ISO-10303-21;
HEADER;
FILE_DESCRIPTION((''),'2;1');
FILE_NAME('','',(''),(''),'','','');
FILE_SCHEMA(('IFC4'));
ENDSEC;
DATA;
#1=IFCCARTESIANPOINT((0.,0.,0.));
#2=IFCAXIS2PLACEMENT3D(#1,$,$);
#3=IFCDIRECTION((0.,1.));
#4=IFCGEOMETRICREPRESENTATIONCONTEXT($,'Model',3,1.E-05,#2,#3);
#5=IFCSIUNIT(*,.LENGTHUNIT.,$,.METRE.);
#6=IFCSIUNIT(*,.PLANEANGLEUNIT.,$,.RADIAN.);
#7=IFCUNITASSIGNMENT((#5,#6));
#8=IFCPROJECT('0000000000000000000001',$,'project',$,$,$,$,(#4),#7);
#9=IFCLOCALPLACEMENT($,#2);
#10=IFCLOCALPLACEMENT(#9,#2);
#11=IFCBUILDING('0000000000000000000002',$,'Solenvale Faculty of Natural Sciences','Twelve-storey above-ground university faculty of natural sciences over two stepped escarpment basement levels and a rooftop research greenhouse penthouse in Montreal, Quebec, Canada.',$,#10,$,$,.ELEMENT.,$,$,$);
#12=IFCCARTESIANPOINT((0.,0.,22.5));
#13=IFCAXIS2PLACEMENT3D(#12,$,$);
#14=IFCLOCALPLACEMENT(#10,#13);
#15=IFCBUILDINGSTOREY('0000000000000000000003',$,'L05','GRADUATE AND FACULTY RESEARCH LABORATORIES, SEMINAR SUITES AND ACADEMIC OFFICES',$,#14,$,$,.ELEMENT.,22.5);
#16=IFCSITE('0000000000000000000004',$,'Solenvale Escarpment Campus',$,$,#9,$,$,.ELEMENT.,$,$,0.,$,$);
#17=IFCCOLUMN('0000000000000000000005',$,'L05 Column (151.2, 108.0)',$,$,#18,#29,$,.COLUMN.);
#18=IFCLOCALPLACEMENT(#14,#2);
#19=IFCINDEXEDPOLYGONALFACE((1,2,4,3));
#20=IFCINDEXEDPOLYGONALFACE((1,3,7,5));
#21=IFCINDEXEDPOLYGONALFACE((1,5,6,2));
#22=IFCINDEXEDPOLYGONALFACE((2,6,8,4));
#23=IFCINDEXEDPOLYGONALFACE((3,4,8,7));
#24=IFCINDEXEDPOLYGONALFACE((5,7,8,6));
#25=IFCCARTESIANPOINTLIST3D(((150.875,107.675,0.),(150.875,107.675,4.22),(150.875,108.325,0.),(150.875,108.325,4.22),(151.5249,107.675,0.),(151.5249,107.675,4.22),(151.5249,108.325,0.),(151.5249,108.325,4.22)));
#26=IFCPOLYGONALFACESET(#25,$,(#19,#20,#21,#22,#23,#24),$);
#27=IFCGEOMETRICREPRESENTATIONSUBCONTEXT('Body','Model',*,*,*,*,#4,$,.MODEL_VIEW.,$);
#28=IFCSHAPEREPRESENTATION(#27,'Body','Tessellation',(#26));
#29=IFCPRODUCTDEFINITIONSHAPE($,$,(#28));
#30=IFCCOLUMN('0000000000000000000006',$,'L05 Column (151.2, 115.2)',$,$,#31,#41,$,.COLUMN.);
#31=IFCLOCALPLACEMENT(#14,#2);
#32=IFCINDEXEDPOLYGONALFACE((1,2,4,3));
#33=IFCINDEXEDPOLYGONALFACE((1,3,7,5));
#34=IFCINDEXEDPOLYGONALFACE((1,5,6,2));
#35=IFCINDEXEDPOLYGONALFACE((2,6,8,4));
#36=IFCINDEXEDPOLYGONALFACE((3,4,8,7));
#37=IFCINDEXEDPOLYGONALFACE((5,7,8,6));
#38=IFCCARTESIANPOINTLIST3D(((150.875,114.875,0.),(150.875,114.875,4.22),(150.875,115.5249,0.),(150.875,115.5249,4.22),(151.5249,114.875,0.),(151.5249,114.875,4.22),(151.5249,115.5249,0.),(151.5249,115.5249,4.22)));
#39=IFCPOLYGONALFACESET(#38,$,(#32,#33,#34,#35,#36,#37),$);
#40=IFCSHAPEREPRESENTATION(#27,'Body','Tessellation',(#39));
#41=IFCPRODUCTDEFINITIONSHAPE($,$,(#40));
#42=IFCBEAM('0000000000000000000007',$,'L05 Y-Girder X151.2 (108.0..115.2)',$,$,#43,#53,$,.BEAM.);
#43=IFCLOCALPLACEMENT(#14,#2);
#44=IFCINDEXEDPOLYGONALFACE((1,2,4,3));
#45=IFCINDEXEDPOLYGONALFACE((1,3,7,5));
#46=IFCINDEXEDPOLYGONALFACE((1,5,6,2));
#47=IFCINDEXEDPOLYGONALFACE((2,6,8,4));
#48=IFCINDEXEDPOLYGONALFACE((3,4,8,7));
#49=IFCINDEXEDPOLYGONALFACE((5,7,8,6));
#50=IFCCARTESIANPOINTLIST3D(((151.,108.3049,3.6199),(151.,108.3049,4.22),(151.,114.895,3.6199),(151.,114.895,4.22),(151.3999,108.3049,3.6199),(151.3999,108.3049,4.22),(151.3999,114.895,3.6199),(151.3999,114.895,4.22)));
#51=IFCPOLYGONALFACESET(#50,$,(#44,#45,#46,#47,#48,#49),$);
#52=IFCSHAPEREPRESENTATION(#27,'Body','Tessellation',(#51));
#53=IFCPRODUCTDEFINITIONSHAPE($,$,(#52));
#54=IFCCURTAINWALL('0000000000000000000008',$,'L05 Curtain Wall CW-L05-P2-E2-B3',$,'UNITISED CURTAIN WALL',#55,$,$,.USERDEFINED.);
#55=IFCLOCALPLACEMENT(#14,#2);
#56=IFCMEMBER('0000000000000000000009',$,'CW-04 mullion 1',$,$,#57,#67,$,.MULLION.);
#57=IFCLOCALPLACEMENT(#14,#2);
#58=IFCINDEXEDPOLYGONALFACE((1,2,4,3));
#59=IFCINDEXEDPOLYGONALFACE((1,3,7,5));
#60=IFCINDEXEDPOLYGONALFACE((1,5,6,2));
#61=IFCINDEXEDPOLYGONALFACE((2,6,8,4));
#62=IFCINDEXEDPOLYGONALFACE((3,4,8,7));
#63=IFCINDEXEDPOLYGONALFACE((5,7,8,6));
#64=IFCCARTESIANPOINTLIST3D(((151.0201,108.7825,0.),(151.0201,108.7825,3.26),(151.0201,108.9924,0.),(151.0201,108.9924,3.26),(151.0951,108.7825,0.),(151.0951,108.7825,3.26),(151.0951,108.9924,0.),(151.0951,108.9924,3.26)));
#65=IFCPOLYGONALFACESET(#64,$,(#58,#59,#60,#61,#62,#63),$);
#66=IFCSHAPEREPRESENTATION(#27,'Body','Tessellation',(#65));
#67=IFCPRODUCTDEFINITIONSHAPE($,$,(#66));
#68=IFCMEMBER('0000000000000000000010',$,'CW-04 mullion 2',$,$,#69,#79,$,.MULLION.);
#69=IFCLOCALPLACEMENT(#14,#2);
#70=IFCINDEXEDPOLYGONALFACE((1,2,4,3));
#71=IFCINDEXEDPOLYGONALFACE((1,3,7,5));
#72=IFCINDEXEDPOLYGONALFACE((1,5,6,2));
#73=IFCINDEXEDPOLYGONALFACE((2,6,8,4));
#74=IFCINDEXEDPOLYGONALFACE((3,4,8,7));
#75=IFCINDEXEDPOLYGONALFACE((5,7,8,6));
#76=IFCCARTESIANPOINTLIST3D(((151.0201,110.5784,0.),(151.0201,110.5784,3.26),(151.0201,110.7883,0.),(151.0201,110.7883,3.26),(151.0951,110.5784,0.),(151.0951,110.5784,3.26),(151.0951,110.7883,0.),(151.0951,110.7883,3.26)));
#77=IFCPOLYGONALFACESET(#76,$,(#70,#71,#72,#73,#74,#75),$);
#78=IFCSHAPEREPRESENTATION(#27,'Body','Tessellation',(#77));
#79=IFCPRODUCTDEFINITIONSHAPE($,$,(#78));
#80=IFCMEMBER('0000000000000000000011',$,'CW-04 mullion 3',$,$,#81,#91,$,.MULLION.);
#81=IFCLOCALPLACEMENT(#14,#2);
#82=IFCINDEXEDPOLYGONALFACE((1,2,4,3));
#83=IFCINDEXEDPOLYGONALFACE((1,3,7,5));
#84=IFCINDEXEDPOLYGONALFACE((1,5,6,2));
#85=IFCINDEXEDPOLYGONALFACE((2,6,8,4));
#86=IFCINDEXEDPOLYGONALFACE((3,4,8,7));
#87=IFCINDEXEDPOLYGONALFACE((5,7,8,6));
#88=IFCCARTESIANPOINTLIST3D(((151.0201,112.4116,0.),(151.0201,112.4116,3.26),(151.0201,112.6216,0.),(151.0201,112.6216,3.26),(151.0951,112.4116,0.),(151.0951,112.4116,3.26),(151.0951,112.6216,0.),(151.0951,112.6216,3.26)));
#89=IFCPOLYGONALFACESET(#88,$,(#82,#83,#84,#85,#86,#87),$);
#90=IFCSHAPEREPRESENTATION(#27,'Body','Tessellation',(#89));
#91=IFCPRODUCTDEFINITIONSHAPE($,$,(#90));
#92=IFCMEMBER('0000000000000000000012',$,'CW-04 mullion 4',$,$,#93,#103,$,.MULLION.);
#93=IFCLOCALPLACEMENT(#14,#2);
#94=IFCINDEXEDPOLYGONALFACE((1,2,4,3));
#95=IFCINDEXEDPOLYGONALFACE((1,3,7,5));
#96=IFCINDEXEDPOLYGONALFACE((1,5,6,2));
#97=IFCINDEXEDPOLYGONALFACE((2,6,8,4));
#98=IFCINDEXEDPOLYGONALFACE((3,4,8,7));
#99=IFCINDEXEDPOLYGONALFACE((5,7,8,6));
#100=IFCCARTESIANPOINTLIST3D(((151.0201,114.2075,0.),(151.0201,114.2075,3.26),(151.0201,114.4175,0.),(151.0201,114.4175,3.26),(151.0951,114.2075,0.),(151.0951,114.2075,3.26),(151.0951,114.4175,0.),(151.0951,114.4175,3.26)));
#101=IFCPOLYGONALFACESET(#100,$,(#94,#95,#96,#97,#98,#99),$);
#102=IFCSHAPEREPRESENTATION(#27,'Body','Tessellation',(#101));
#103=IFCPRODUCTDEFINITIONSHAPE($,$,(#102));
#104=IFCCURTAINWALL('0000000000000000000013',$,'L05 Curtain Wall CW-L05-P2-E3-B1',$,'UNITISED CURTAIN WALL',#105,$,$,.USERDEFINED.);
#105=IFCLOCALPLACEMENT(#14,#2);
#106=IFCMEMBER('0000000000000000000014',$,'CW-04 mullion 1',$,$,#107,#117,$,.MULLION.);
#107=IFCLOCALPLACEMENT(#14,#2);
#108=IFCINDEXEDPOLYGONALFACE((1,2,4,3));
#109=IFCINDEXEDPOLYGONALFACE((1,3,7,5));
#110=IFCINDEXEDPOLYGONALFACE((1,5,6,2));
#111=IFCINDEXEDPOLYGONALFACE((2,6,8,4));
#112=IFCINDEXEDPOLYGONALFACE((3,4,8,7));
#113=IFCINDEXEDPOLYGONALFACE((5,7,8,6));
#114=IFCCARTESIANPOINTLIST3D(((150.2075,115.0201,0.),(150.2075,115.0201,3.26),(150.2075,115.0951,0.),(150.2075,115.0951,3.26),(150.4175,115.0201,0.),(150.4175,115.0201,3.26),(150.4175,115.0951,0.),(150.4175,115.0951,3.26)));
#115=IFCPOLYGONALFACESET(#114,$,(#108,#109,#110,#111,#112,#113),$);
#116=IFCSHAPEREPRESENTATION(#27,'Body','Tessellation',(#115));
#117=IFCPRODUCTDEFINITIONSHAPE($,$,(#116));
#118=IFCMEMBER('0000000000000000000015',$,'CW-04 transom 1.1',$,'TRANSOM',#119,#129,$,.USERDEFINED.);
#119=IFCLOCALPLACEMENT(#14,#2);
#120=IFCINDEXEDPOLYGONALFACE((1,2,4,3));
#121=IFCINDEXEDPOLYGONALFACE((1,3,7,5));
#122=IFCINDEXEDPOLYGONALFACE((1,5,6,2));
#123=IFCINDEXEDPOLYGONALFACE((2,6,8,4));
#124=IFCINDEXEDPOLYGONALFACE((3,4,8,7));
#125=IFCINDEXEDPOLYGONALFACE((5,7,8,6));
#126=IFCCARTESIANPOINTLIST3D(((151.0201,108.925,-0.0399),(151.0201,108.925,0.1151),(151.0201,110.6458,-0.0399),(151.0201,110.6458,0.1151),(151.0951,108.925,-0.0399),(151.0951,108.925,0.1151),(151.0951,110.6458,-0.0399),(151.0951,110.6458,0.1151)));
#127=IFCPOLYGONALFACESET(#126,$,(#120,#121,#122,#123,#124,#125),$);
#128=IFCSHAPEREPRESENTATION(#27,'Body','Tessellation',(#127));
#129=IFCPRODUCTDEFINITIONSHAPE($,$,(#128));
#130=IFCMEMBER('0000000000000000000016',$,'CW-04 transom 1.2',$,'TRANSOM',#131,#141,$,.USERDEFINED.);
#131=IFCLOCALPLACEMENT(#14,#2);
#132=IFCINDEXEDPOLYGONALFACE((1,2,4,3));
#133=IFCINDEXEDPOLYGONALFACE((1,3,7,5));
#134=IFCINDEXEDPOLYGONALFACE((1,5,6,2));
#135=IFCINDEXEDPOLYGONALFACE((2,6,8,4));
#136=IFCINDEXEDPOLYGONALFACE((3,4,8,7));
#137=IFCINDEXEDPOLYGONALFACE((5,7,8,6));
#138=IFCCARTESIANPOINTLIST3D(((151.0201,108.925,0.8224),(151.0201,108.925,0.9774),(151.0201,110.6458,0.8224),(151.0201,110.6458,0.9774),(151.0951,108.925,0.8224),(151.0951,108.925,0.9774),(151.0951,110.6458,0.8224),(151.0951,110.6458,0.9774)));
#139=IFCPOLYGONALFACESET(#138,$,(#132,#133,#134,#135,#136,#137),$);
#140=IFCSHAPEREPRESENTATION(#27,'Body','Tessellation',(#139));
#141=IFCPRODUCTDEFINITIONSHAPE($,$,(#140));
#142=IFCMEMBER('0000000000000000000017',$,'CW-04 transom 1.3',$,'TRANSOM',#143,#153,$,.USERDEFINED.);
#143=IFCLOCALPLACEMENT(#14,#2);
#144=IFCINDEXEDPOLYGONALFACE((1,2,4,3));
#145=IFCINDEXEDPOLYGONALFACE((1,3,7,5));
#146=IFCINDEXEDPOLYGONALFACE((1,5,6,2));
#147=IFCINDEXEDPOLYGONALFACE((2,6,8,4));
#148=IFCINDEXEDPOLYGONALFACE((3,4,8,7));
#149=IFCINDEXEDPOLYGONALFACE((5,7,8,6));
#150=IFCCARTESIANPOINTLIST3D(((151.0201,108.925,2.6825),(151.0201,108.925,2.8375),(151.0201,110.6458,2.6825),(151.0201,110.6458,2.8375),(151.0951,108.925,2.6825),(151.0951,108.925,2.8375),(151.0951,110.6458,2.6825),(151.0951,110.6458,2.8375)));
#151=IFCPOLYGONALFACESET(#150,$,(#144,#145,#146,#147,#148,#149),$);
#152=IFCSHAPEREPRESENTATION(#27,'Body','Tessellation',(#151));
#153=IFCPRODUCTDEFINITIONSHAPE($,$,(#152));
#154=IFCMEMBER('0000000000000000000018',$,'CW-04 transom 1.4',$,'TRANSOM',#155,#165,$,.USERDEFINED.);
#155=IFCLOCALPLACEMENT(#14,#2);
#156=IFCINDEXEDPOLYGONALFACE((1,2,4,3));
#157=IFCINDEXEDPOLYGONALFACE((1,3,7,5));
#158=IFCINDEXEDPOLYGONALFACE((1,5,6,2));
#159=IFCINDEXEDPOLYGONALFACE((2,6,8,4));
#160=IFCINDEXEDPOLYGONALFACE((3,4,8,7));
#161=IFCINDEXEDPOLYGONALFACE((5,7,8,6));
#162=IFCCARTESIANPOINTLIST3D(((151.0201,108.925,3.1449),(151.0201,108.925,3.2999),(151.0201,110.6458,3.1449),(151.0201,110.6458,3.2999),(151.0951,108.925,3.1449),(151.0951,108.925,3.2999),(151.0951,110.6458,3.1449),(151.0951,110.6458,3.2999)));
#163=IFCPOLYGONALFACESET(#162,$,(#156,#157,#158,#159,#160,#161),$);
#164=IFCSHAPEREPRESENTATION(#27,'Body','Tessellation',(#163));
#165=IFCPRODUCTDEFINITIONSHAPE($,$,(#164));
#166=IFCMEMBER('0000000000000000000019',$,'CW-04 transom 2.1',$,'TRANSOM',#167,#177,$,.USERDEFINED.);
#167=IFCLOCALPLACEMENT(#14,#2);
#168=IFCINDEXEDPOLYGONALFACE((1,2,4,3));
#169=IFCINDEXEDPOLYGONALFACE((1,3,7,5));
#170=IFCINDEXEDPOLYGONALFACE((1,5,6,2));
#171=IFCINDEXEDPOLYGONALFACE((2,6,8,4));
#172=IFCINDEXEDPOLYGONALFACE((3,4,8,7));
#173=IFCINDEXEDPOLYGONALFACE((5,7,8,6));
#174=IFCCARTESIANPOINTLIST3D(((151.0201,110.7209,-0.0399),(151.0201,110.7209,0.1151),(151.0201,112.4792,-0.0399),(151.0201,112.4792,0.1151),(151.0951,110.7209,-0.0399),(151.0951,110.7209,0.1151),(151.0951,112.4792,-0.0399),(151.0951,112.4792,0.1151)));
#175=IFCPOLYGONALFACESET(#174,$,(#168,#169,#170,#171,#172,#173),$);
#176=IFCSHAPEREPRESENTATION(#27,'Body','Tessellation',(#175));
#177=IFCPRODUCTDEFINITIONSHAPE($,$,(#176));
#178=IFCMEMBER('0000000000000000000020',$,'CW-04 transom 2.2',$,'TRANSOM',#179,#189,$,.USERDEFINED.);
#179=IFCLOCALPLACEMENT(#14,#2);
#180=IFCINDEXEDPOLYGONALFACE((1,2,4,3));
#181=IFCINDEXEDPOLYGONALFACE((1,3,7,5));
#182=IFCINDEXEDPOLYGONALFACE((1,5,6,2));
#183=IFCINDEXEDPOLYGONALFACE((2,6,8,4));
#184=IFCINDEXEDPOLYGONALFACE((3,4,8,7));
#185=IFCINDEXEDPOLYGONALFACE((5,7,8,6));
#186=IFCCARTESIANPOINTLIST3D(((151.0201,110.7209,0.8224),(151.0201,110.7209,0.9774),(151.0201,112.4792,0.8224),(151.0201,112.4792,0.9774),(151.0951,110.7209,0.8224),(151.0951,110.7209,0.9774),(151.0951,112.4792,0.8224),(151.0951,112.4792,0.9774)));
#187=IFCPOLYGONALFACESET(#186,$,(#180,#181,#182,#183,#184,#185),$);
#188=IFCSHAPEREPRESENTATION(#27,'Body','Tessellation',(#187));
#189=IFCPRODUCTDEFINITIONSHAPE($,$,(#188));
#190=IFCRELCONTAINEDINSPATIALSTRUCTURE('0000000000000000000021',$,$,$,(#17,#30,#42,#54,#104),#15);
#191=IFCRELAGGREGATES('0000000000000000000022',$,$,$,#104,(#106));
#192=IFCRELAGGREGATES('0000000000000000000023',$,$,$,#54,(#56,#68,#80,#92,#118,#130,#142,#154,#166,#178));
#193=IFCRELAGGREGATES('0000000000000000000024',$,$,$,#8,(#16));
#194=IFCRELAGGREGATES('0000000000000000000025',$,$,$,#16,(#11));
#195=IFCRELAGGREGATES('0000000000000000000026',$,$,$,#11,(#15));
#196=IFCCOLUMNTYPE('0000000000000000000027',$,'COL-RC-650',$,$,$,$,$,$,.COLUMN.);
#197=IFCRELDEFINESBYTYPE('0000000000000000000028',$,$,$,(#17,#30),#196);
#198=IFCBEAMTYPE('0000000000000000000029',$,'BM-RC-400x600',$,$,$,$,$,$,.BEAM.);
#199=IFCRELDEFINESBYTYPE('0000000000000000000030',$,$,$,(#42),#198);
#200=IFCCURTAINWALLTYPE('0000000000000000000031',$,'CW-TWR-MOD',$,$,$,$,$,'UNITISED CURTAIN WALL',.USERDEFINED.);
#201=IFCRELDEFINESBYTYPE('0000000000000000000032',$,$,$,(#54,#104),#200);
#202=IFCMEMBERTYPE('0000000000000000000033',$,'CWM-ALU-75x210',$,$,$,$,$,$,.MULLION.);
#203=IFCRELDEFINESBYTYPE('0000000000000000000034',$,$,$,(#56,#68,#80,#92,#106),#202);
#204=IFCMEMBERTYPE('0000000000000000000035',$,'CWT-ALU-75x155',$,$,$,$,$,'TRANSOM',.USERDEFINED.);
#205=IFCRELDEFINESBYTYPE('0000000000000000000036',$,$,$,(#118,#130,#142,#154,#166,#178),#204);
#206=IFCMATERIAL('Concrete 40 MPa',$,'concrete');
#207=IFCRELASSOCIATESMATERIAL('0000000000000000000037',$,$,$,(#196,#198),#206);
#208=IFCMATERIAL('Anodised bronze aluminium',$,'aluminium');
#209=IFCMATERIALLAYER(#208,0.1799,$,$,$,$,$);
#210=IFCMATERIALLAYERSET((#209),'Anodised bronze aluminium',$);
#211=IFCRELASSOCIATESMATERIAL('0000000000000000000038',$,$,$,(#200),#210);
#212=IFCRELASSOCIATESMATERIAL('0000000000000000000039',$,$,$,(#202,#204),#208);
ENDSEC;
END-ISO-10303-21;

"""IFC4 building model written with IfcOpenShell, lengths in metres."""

from ifc_helpers import new_model, si_unit, direction, frame, origin, origin_2d, place, context, subcontext, project, spatial, rectangle, extrude, material, layer, layer_set, material_profile, profile_set, type_object, element, aggregate, save


model = new_model("IFC4")

# Units and contexts
model_context = context("Model", 3, precision=1e-05, world=origin(), true_north=direction((0.0, 1.0)))
body_context = subcontext(model_context, "Body", "Model", "MODEL_VIEW")
ifc_project = project(units=[si_unit("LENGTHUNIT", "METRE"), si_unit("PLANEANGLEUNIT", "RADIAN")], contexts=[model_context])

# Site, building, storey
site_placement = place(None, origin())
site = spatial("IfcSite", under=ifc_project, at=site_placement, Name="Solenvale Escarpment Campus", CompositionType="ELEMENT", RefElevation=0.0)
building_placement = place(site_placement, origin())
building = spatial("IfcBuilding", under=site, at=building_placement, Name="Solenvale Faculty of Natural Sciences", Description="Twelve-storey above-ground university faculty of natural sciences over two stepped escarpment basement levels and a rooftop research greenhouse penthouse in Montreal, Quebec, Canada.", CompositionType="ELEMENT")
storey_placement = place(building_placement, frame((0.0, 0.0, 22.5)))
storey = spatial("IfcBuildingStorey", under=building, at=storey_placement, Name="L05", Description="GRADUATE AND FACULTY RESEARCH LABORATORIES, SEMINAR SUITES AND ACADEMIC OFFICES", CompositionType="ELEMENT", Elevation=22.5)

# Columns
ifc_material_1 = material(Name="Concrete 40 MPa", Category="concrete")
ifc_material_profile_1 = material_profile(ifc_material_1, rectangle(XDim=0.6499, YDim=0.6499, at=origin_2d()), Name="RC-COL-650x650")
ifc_profile_set_1 = profile_set([ifc_material_profile_1], Name="Concrete 40 MPa")
column_type = type_object("IfcColumnType", Name="COL-RC-650", PredefinedType="COLUMN", material=ifc_profile_set_1)
for number, where, z_axis, x_axis, name in (
    (1, (151.2, 108.0, 0.0), (0.0, 0.0, 1.0), (1.0, 0.0, 0.0), "L05 Column (151.2, 108.0)"),
    (2, (151.2, 115.2, 0.0), (0.0, 0.0, 1.0), (1.0, 0.0, 0.0), "L05 Column (151.2, 115.2)"),
):
    element("IfcColumn", number, at=place(storey_placement, frame(where, z_axis=z_axis, x_axis=x_axis)), inside=storey, type_object=column_type, Name=name, PredefinedType="COLUMN", context=body_context, shape_type="SweptSolid", body=[
        extrude(rectangle(XDim=0.6499, YDim=0.6499, at=origin_2d()), origin(), (0.0, 0.0, 1.0), 4.22),
    ])

# Beam
ifc_material_profile_2 = material_profile(ifc_material_1, rectangle(XDim=0.3999, YDim=0.6001, at=origin_2d()), Name="RC-BM-400x600")
ifc_profile_set_2 = profile_set([ifc_material_profile_2], Name="Concrete 40 MPa")
beam_type = type_object("IfcBeamType", Name="BM-RC-400x600", PredefinedType="BEAM", material=ifc_profile_set_2)
beam_placement = place(storey_placement, frame((151.2, 108.3049, 3.9199), z_axis=(0.0, 1.0, 0.0), x_axis=(-1.0, 0.0, 0.0)))
element("IfcBeam", 3, at=beam_placement, inside=storey, type_object=beam_type, Name="L05 Y-Girder X151.2 (108.0..115.2)", PredefinedType="BEAM", context=body_context, shape_type="SweptSolid", body=[
    extrude(rectangle(XDim=0.3999, YDim=0.6001, at=origin_2d()), origin(), (0.0, 0.0, 1.0), 6.5901),
])

# Curtain wall, members
ifc_material_2 = material(Name="Anodised bronze aluminium", Category="aluminium")
ifc_layer_1 = layer(ifc_material_2, 0.1799)
ifc_layer_set_1 = layer_set([ifc_layer_1], Name="Anodised bronze aluminium")
curtain_wall_type = type_object("IfcCurtainWallType", Name="CW-TWR-MOD", ElementType="UNITISED CURTAIN WALL", PredefinedType="USERDEFINED", material=ifc_layer_set_1)
curtain_wall_1_placement = place(storey_placement, origin())
curtain_wall_1 = element("IfcCurtainWall", 4, at=curtain_wall_1_placement, inside=storey, type_object=curtain_wall_type, Name="L05 Curtain Wall CW-L05-P2-E2-B3", ObjectType="UNITISED CURTAIN WALL", PredefinedType="USERDEFINED")
ifc_material_profile_3 = material_profile(ifc_material_2, rectangle(XDim=0.075, YDim=0.21, at=origin_2d()), Name="ALU-MUL-75x210")
ifc_profile_set_3 = profile_set([ifc_material_profile_3], Name="Anodised bronze aluminium")
member_type_1 = type_object("IfcMemberType", Name="CWM-ALU-75x210", PredefinedType="MULLION", material=ifc_profile_set_3)
member_1_placement = place(storey_placement, frame((151.0576, 108.8875, 0.0), z_axis=(0.0, 0.0, 1.0), x_axis=(-1.0, 0.0, 0.0)))
member_1 = element("IfcMember", 5, at=member_1_placement, type_object=member_type_1, Name="CW-04 mullion 1", PredefinedType="MULLION", context=body_context, shape_type="SweptSolid", body=[
    extrude(rectangle(XDim=0.075, YDim=0.21, at=origin_2d()), origin(), (0.0, 0.0, 1.0), 3.26),
])
member_2_placement = place(storey_placement, frame((151.0576, 110.6833, 0.0), z_axis=(0.0, 0.0, 1.0), x_axis=(-1.0, 0.0, 0.0)))
member_2 = element("IfcMember", 6, at=member_2_placement, type_object=member_type_1, Name="CW-04 mullion 2", PredefinedType="MULLION", context=body_context, shape_type="SweptSolid", body=[
    extrude(rectangle(XDim=0.075, YDim=0.21, at=origin_2d()), origin(), (0.0, 0.0, 1.0), 3.26),
])
member_3_placement = place(storey_placement, frame((151.0576, 112.5166, 0.0), z_axis=(0.0, 0.0, 1.0), x_axis=(-1.0, 0.0, 0.0)))
member_3 = element("IfcMember", 7, at=member_3_placement, type_object=member_type_1, Name="CW-04 mullion 3", PredefinedType="MULLION", context=body_context, shape_type="SweptSolid", body=[
    extrude(rectangle(XDim=0.075, YDim=0.21, at=origin_2d()), origin(), (0.0, 0.0, 1.0), 3.26),
])
member_4_placement = place(storey_placement, frame((151.0576, 114.3125, 0.0), z_axis=(0.0, 0.0, 1.0), x_axis=(-1.0, 0.0, 0.0)))
member_4 = element("IfcMember", 8, at=member_4_placement, type_object=member_type_1, Name="CW-04 mullion 4", PredefinedType="MULLION", context=body_context, shape_type="SweptSolid", body=[
    extrude(rectangle(XDim=0.075, YDim=0.21, at=origin_2d()), origin(), (0.0, 0.0, 1.0), 3.26),
])

# Curtain wall, member
curtain_wall_2_placement = place(storey_placement, origin())
curtain_wall_2 = element("IfcCurtainWall", 9, at=curtain_wall_2_placement, inside=storey, type_object=curtain_wall_type, Name="L05 Curtain Wall CW-L05-P2-E3-B1", ObjectType="UNITISED CURTAIN WALL", PredefinedType="USERDEFINED")
member_5_placement = place(storey_placement, frame((150.3125, 115.0576, 0.0), z_axis=(0.0, 0.0, 1.0), x_axis=(0.0, -1.0, 0.0)))
member_5 = element("IfcMember", 10, at=member_5_placement, type_object=member_type_1, Name="CW-04 mullion 1", PredefinedType="MULLION", context=body_context, shape_type="SweptSolid", body=[
    extrude(rectangle(XDim=0.075, YDim=0.21, at=origin_2d()), origin(), (0.0, 0.0, 1.0), 3.26),
])

# Members
ifc_material_profile_4 = material_profile(ifc_material_2, rectangle(XDim=0.075, YDim=0.155, at=origin_2d()), Name="ALU-TRN-75x155")
ifc_profile_set_4 = profile_set([ifc_material_profile_4], Name="Anodised bronze aluminium")
member_type_2 = type_object("IfcMemberType", Name="CWT-ALU-75x155", ElementType="TRANSOM", PredefinedType="USERDEFINED", material=ifc_profile_set_4)
member_6_placement = place(storey_placement, frame((151.0576, 108.925, 0.0376), z_axis=(0.0, 1.0, 0.0), x_axis=(-1.0, 0.0, 0.0)))
member_6 = element("IfcMember", 11, at=member_6_placement, type_object=member_type_2, Name="CW-04 transom 1.1", ObjectType="TRANSOM", PredefinedType="USERDEFINED", context=body_context, shape_type="SweptSolid", body=[
    extrude(rectangle(XDim=0.075, YDim=0.155, at=origin_2d()), origin(), (0.0, 0.0, 1.0), 1.7207),
])
member_7_placement = place(storey_placement, frame((151.0576, 108.925, 0.8999), z_axis=(0.0, 1.0, 0.0), x_axis=(-1.0, 0.0, 0.0)))
member_7 = element("IfcMember", 12, at=member_7_placement, type_object=member_type_2, Name="CW-04 transom 1.2", ObjectType="TRANSOM", PredefinedType="USERDEFINED", context=body_context, shape_type="SweptSolid", body=[
    extrude(rectangle(XDim=0.075, YDim=0.155, at=origin_2d()), origin(), (0.0, 0.0, 1.0), 1.7207),
])
member_8_placement = place(storey_placement, frame((151.0576, 108.925, 2.76), z_axis=(0.0, 1.0, 0.0), x_axis=(-1.0, 0.0, 0.0)))
member_8 = element("IfcMember", 13, at=member_8_placement, type_object=member_type_2, Name="CW-04 transom 1.3", ObjectType="TRANSOM", PredefinedType="USERDEFINED", context=body_context, shape_type="SweptSolid", body=[
    extrude(rectangle(XDim=0.075, YDim=0.155, at=origin_2d()), origin(), (0.0, 0.0, 1.0), 1.7207),
])
member_9_placement = place(storey_placement, frame((151.0576, 108.925, 3.2224), z_axis=(0.0, 1.0, 0.0), x_axis=(-1.0, 0.0, 0.0)))
member_9 = element("IfcMember", 14, at=member_9_placement, type_object=member_type_2, Name="CW-04 transom 1.4", ObjectType="TRANSOM", PredefinedType="USERDEFINED", context=body_context, shape_type="SweptSolid", body=[
    extrude(rectangle(XDim=0.075, YDim=0.155, at=origin_2d()), origin(), (0.0, 0.0, 1.0), 1.7207),
])
member_10_placement = place(storey_placement, frame((151.0576, 110.7209, 0.0376), z_axis=(0.0, 1.0, 0.0), x_axis=(-1.0, 0.0, 0.0)))
member_10 = element("IfcMember", 15, at=member_10_placement, type_object=member_type_2, Name="CW-04 transom 2.1", ObjectType="TRANSOM", PredefinedType="USERDEFINED", context=body_context, shape_type="SweptSolid", body=[
    extrude(rectangle(XDim=0.075, YDim=0.155, at=origin_2d()), origin(), (0.0, 0.0, 1.0), 1.7583),
])
member_11_placement = place(storey_placement, frame((151.0576, 110.7209, 0.8999), z_axis=(0.0, 1.0, 0.0), x_axis=(-1.0, 0.0, 0.0)))
member_11 = element("IfcMember", 16, at=member_11_placement, type_object=member_type_2, Name="CW-04 transom 2.2", ObjectType="TRANSOM", PredefinedType="USERDEFINED", context=body_context, shape_type="SweptSolid", body=[
    extrude(rectangle(XDim=0.075, YDim=0.155, at=origin_2d()), origin(), (0.0, 0.0, 1.0), 1.7583),
])
aggregate(curtain_wall_2, [member_5])

aggregate(curtain_wall_1, [member_1, member_2, member_3, member_4, member_6, member_7, member_8, member_9, member_10, member_11])

save(model, "model.ifc")
